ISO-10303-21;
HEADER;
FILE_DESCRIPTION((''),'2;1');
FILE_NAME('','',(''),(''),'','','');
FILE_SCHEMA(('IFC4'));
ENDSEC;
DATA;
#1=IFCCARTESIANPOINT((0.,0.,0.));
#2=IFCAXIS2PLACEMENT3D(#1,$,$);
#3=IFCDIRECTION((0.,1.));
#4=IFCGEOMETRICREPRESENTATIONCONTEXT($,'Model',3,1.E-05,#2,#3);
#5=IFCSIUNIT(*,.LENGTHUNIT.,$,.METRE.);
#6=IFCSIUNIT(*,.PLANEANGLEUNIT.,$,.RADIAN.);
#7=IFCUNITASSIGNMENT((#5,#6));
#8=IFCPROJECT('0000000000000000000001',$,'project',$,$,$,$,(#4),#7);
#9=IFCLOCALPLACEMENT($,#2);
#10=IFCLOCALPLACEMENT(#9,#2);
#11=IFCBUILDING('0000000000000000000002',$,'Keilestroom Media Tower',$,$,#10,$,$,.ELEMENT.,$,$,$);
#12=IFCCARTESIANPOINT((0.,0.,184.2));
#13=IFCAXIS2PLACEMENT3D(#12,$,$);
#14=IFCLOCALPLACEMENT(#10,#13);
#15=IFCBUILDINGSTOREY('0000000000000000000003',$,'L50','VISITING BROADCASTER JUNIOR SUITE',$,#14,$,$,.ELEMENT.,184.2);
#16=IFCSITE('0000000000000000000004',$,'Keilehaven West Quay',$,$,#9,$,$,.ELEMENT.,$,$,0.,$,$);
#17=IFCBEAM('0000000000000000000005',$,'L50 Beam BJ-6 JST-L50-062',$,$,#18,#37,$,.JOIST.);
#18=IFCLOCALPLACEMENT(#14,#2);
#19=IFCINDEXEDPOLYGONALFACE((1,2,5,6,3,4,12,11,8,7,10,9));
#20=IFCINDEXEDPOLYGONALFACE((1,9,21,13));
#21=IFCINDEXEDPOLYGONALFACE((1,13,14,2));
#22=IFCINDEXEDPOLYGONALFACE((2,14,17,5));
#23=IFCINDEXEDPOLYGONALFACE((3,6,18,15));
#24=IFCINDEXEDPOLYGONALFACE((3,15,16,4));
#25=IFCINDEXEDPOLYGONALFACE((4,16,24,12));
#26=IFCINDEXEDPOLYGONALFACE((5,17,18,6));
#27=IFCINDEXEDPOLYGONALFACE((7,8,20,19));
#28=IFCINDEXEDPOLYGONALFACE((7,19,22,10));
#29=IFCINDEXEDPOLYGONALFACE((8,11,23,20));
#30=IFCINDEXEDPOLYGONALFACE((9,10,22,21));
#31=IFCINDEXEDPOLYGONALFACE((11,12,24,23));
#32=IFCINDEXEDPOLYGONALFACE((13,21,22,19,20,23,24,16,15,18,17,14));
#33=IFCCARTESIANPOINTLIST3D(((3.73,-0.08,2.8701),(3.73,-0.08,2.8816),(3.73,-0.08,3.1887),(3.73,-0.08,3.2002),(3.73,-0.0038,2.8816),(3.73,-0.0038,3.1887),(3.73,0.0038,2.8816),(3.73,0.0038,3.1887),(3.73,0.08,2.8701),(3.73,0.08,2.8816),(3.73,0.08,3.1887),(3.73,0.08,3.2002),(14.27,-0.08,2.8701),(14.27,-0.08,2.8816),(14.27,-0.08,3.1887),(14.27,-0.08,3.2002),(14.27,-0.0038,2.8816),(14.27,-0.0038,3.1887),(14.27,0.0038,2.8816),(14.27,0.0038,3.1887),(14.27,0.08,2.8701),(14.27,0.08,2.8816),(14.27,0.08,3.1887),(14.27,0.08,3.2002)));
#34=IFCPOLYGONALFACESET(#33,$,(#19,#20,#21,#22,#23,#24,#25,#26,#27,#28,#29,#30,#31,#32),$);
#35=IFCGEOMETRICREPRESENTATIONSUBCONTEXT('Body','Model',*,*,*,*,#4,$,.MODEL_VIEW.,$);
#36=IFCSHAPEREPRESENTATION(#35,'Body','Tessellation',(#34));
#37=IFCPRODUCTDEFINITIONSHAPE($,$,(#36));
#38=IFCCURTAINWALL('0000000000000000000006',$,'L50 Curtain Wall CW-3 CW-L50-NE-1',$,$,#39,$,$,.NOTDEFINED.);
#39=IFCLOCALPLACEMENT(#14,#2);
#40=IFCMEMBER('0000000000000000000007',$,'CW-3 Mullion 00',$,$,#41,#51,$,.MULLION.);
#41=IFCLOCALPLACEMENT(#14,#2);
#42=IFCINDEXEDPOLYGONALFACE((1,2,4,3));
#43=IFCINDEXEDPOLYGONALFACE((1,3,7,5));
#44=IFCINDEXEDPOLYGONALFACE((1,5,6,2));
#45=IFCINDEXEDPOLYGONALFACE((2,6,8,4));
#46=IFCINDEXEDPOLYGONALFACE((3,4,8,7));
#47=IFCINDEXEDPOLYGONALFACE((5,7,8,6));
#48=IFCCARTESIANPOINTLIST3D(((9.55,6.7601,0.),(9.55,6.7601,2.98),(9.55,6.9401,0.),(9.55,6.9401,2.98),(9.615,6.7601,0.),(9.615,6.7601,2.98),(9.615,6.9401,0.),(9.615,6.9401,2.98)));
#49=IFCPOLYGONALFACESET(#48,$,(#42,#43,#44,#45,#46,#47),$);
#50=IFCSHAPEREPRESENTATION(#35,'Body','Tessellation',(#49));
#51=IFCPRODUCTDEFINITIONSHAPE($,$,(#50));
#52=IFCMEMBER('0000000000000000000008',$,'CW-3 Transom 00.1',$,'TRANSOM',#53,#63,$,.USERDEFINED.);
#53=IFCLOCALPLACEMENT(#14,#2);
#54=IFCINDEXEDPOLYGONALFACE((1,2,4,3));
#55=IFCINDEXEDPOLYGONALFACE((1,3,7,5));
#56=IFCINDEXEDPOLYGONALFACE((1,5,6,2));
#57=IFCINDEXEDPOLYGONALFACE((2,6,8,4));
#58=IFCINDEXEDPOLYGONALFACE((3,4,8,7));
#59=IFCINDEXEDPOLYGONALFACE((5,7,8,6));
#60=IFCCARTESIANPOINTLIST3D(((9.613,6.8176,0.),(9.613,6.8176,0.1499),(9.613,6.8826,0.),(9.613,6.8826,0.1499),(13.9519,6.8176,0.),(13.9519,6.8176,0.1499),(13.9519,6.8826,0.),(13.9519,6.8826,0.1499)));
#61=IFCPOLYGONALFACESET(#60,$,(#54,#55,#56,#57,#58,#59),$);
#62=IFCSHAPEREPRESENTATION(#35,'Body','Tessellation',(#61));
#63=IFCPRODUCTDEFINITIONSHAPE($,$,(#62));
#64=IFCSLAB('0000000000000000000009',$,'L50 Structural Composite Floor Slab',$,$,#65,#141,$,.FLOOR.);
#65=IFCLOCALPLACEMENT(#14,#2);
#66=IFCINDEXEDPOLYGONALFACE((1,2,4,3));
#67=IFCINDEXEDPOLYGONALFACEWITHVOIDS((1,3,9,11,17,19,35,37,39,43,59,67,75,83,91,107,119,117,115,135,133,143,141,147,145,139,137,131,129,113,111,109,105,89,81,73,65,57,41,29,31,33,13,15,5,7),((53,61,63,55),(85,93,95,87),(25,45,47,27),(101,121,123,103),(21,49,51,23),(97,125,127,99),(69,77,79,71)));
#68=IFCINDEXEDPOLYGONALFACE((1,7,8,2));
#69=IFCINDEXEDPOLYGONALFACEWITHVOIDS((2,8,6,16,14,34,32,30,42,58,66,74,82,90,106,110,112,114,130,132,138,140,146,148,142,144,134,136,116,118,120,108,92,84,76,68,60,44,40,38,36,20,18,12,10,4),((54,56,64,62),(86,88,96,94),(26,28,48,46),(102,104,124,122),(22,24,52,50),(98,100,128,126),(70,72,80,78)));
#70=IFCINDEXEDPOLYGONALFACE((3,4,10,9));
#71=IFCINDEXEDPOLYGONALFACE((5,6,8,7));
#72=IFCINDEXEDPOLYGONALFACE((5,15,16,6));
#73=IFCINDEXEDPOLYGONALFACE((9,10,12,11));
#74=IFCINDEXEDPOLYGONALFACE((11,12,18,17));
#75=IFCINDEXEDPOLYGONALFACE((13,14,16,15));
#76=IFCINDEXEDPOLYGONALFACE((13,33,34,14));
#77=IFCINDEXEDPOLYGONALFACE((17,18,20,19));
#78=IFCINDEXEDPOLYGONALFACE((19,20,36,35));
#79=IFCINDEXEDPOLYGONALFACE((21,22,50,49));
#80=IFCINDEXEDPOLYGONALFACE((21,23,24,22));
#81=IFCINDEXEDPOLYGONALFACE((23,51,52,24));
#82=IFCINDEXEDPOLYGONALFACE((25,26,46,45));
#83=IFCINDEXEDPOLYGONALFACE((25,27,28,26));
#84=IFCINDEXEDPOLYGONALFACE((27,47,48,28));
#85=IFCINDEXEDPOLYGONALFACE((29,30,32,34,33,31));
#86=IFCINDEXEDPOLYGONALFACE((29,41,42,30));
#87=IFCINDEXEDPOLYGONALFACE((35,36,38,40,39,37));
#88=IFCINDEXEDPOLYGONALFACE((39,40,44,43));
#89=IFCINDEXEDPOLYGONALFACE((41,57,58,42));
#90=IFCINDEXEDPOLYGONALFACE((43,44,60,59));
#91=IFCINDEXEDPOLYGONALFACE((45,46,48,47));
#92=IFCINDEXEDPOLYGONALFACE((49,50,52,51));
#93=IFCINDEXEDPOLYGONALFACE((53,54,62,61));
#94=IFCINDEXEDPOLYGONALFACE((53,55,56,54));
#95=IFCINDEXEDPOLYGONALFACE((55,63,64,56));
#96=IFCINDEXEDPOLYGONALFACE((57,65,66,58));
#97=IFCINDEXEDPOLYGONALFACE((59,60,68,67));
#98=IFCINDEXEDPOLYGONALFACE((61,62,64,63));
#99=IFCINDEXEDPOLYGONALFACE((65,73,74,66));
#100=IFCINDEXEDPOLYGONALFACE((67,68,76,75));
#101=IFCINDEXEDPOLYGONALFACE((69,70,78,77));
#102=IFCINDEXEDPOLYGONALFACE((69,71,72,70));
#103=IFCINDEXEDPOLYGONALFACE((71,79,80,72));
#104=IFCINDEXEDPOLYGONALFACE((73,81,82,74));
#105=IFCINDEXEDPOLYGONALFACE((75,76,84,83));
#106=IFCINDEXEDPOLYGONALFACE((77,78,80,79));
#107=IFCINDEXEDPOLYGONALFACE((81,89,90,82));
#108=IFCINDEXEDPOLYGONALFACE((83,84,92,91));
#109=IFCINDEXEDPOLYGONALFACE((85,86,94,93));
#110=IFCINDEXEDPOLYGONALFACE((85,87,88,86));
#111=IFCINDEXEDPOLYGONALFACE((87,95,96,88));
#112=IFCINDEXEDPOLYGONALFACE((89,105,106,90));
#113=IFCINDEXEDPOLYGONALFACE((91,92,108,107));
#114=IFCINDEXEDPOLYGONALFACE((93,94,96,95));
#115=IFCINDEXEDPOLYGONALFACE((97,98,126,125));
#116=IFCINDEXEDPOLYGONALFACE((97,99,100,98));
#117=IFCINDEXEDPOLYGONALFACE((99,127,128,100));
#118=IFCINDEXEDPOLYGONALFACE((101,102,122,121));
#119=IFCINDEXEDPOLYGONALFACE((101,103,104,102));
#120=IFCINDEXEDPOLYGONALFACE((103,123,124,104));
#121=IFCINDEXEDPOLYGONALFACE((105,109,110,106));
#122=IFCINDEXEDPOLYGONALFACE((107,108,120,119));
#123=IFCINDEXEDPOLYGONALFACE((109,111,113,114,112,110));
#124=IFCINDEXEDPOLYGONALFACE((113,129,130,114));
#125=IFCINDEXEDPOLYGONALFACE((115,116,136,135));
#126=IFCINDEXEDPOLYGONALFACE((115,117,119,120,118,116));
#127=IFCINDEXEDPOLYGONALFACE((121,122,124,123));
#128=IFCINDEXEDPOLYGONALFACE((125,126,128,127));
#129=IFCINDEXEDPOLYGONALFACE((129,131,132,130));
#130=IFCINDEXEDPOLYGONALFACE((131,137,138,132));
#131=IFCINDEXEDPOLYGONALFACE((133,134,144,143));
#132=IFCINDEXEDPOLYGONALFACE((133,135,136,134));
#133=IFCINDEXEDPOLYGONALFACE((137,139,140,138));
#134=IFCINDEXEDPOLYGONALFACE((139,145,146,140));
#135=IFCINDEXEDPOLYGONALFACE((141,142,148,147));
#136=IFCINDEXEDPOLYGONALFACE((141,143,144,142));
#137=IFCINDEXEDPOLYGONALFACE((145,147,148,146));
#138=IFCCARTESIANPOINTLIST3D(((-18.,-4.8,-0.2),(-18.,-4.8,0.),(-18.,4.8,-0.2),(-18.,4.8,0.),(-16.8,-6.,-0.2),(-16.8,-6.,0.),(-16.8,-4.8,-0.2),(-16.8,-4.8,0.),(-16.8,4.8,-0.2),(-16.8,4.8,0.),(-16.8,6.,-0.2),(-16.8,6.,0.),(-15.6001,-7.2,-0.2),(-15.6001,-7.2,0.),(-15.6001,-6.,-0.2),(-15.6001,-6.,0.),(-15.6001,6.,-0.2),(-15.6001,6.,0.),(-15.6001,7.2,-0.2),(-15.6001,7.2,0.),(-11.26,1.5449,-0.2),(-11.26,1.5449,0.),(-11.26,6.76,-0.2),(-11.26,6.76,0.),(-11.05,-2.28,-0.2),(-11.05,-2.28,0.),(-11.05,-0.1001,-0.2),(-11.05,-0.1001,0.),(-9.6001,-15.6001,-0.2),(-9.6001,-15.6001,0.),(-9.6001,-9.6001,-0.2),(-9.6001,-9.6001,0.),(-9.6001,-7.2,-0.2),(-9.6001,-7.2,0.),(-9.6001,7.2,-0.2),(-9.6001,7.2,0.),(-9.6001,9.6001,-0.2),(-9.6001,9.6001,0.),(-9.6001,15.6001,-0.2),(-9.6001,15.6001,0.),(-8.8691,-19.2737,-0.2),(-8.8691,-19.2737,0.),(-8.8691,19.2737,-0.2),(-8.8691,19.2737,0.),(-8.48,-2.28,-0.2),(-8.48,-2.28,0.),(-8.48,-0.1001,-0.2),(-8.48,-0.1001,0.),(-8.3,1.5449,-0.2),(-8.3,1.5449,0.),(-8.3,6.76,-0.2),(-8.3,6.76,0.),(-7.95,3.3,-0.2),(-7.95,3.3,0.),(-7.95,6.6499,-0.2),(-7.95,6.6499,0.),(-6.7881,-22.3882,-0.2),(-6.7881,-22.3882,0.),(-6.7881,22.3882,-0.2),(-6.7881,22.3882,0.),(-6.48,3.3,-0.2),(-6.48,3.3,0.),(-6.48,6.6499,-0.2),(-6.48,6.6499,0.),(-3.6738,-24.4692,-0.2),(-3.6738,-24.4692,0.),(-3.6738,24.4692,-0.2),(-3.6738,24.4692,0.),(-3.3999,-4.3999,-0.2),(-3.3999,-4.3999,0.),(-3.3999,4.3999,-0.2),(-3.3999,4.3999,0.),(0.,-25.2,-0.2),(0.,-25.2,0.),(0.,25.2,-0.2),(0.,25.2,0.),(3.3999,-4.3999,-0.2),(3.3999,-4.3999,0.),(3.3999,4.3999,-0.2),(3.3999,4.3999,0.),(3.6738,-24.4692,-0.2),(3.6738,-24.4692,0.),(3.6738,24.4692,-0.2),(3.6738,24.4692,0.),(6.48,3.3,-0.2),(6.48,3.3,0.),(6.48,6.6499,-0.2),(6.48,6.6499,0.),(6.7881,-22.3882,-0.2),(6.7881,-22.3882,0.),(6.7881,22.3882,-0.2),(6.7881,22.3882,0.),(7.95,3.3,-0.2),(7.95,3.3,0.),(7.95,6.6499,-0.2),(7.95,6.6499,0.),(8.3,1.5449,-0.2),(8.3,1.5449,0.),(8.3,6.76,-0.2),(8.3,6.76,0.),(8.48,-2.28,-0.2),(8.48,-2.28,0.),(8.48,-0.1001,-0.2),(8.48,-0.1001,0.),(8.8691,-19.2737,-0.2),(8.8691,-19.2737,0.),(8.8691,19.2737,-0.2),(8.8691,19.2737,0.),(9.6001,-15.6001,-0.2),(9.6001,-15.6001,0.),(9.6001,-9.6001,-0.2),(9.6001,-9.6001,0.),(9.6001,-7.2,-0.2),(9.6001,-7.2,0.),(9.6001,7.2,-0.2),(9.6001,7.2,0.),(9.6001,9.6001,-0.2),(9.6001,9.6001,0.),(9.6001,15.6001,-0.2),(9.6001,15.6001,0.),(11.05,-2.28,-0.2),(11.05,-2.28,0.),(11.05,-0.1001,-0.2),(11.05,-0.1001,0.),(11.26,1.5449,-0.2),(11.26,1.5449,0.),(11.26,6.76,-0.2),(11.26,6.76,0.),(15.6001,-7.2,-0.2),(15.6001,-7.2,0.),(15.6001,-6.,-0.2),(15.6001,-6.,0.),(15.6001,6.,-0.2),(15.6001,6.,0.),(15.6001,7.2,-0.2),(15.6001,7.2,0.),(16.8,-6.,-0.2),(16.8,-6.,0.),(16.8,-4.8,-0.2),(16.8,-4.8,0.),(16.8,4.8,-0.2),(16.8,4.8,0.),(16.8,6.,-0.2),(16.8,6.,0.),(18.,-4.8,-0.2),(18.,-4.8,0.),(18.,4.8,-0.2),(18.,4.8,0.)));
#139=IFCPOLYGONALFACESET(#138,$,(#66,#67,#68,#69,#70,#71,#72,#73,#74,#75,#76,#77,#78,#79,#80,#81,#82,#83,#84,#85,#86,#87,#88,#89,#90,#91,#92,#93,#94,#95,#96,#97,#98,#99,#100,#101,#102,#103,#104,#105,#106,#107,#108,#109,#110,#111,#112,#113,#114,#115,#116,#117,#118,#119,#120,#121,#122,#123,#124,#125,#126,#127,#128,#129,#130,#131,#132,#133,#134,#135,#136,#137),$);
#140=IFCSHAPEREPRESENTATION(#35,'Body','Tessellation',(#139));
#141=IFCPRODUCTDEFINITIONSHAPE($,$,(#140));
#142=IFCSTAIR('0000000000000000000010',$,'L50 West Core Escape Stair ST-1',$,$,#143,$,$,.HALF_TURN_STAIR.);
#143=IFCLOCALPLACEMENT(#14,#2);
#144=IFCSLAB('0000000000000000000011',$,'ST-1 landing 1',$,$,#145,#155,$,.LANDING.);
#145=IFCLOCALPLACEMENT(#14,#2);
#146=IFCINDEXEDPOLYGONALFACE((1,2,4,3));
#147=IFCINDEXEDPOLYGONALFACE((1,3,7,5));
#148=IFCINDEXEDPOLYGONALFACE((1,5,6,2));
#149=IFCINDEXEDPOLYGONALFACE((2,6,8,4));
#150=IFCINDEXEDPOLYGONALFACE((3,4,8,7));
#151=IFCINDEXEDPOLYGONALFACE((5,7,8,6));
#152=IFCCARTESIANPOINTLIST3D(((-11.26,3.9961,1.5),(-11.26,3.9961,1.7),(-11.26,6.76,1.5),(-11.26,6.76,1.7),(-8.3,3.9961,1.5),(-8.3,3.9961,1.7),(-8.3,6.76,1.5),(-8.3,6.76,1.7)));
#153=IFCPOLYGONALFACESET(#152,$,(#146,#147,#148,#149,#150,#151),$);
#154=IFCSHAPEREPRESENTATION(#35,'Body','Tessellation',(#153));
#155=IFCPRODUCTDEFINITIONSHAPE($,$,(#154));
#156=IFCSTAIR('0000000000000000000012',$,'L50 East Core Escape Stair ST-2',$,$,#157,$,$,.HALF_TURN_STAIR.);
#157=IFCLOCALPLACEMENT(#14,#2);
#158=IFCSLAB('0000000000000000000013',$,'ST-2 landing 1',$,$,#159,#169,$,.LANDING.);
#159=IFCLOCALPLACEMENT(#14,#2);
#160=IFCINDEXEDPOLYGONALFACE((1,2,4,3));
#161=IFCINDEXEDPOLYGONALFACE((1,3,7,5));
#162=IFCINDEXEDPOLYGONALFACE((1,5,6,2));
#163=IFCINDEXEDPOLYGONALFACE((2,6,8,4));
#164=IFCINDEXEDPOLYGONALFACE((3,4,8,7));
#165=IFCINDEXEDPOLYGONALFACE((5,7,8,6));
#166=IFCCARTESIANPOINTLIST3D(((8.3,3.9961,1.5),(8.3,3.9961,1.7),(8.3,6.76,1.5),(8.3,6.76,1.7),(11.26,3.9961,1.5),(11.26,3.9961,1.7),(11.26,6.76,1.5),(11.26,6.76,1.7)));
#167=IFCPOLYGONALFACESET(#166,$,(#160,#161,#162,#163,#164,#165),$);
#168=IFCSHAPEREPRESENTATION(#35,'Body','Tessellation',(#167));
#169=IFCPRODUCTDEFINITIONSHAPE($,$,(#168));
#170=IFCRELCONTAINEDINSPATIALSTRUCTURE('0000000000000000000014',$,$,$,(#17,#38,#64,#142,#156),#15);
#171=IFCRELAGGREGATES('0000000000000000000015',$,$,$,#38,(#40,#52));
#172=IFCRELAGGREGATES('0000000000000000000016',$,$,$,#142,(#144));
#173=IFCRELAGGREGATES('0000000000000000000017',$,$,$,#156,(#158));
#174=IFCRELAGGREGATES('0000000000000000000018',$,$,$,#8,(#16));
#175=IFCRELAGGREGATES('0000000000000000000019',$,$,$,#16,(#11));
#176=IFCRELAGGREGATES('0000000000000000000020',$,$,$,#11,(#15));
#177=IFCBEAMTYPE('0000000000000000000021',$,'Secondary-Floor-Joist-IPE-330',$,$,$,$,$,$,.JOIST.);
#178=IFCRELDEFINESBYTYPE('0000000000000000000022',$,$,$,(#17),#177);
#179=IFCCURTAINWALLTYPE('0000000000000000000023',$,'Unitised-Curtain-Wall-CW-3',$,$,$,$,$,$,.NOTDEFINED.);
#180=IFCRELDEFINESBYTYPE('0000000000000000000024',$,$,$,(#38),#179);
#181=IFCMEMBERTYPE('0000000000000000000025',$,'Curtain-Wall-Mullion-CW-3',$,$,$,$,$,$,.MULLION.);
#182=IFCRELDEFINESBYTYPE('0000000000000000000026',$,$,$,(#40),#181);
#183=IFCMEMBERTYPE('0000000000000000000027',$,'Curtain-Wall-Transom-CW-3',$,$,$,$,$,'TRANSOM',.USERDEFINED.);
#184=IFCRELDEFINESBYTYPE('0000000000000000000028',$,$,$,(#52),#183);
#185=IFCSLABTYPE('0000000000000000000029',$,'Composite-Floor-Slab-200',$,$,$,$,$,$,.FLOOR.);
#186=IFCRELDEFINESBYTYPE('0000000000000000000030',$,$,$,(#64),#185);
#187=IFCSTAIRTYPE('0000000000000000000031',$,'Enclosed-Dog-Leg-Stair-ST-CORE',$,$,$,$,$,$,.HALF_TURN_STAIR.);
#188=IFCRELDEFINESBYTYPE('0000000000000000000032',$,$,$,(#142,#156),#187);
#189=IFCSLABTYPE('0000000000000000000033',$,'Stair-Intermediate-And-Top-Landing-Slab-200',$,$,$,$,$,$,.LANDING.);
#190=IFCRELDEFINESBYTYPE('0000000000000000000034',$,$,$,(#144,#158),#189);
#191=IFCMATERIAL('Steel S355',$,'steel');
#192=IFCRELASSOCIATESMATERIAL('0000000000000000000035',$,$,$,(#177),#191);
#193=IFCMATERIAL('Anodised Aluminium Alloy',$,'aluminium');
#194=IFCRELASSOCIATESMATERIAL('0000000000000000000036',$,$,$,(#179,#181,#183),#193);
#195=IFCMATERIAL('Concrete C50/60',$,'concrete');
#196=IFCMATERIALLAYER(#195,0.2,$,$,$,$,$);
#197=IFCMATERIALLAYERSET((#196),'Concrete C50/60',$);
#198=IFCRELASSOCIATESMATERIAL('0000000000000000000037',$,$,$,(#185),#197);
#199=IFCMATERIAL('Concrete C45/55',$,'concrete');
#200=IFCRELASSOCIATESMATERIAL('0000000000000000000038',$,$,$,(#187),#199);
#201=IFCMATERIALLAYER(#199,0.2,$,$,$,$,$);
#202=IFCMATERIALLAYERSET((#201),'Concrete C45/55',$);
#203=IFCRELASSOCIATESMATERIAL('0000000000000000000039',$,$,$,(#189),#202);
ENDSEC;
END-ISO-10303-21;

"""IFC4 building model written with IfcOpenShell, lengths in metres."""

from ifc_helpers import new_model, si_unit, direction, frame, origin, origin_2d, place, context, subcontext, project, spatial, polyline, rectangle, i_section, outline, extrude, source, transform, mapped, material, layer, layer_set, material_profile, profile_set, type_object, element, aggregate, save


model = new_model("IFC4")

# Units and contexts
model_context = context("Model", 3, precision=1e-05, world=origin(), true_north=direction((0.0, 1.0)))
body_context = subcontext(model_context, "Body", "Model", "MODEL_VIEW")
ifc_project = project(units=[si_unit("LENGTHUNIT", "METRE"), si_unit("PLANEANGLEUNIT", "RADIAN")], contexts=[model_context])

# Site, building, storey
site_placement = place(None, origin())
site = spatial("IfcSite", under=ifc_project, at=site_placement, Name="Keilehaven West Quay", CompositionType="ELEMENT", RefElevation=0.0)
building_placement = place(site_placement, origin())
building = spatial("IfcBuilding", under=site, at=building_placement, Name="Keilestroom Media Tower", CompositionType="ELEMENT")
storey_placement = place(building_placement, frame((0.0, 0.0, 184.2)))
storey = spatial("IfcBuildingStorey", under=building, at=storey_placement, Name="L50", Description="VISITING BROADCASTER JUNIOR SUITE", CompositionType="ELEMENT", Elevation=184.2)

# Beam
ifc_material_1 = material(Name="Steel S355", Category="steel")
ifc_material_profile_1 = material_profile(ifc_material_1, i_section(OverallWidth=0.1599, OverallDepth=0.3301, WebThickness=0.0076, FlangeThickness=0.0115, at=origin_2d()), Name="IPE 330")
ifc_profile_set_1 = profile_set([ifc_material_profile_1], Name="Steel S355")
beam_type = type_object("IfcBeamType", Name="Secondary-Floor-Joist-IPE-330", PredefinedType="JOIST", material=ifc_profile_set_1)
shared_shape_1 = source(origin(), body_context, "Body", "SweptSolid", [
    extrude(i_section(OverallWidth=0.1599, OverallDepth=0.3301, WebThickness=0.0076, FlangeThickness=0.0115, at=origin_2d()), origin(), (0.0, 0.0, 1.0), 10.54),
])
beam_placement = place(storey_placement, frame((3.73, 0.0, 3.0352), z_axis=(1.0, 0.0, 0.0), x_axis=(0.0, 1.0, 0.0)))
element("IfcBeam", 1, at=beam_placement, inside=storey, type_object=beam_type, Name="L50 Beam BJ-6 JST-L50-062", PredefinedType="JOIST", context=body_context, shape_type="MappedRepresentation", body=[
    mapped(shared_shape_1, transform((0.0, 0.0, 0.0), x_axis=(1.0, 0.0, 0.0), y_axis=(0.0, 1.0, 0.0), z_axis=(0.0, 0.0, 1.0), scale=1.0)),
])

# Curtain wall, members
ifc_material_2 = material(Name="Anodised Aluminium Alloy", Category="aluminium")
curtain_wall_type = type_object("IfcCurtainWallType", Name="Unitised-Curtain-Wall-CW-3", PredefinedType="NOTDEFINED", material=ifc_material_2)
curtain_wall_placement = place(storey_placement, origin())
curtain_wall = element("IfcCurtainWall", 2, at=curtain_wall_placement, inside=storey, type_object=curtain_wall_type, Name="L50 Curtain Wall CW-3 CW-L50-NE-1", PredefinedType="NOTDEFINED")
ifc_material_profile_2 = material_profile(ifc_material_2, rectangle(XDim=0.0649, YDim=0.1799, at=origin_2d()), Name="ALU MULLION 65x180")
ifc_profile_set_2 = profile_set([ifc_material_profile_2], Name="Anodised Aluminium Alloy")
member_type_1 = type_object("IfcMemberType", Name="Curtain-Wall-Mullion-CW-3", PredefinedType="MULLION", material=ifc_profile_set_2)
shared_shape_2 = source(origin(), body_context, "Body", "SweptSolid", [
    extrude(rectangle(XDim=0.0649, YDim=0.1799, at=origin_2d()), origin(), (0.0, 0.0, 1.0), 2.98),
])
member_1_placement = place(storey_placement, frame((9.5825, 6.8501, 0.0), z_axis=(0.0, 0.0, 1.0), x_axis=(1.0, 0.0, 0.0)))
member_1 = element("IfcMember", 3, at=member_1_placement, type_object=member_type_1, Name="CW-3 Mullion 00", PredefinedType="MULLION", context=body_context, shape_type="MappedRepresentation", body=[
    mapped(shared_shape_2, transform((0.0, 0.0, 0.0), x_axis=(1.0, 0.0, 0.0), y_axis=(0.0, 1.0, 0.0), z_axis=(0.0, 0.0, 1.0), scale=1.0)),
])
ifc_material_profile_3 = material_profile(ifc_material_2, rectangle(XDim=0.0649, YDim=0.1499, at=origin_2d()), Name="ALU TRANSOM 65x150")
ifc_profile_set_3 = profile_set([ifc_material_profile_3], Name="Anodised Aluminium Alloy")
member_type_2 = type_object("IfcMemberType", Name="Curtain-Wall-Transom-CW-3", ElementType="TRANSOM", PredefinedType="USERDEFINED", material=ifc_profile_set_3)
shared_shape_3 = source(origin(), body_context, "Body", "SweptSolid", [
    extrude(rectangle(XDim=0.0649, YDim=0.1499, at=origin_2d()), origin(), (0.0, 0.0, 1.0), 4.3389),
])
member_2_placement = place(storey_placement, frame((9.613, 6.8501, 0.075), z_axis=(1.0, 0.0, 0.0), x_axis=(0.0, 1.0, 0.0)))
member_2 = element("IfcMember", 4, at=member_2_placement, type_object=member_type_2, Name="CW-3 Transom 00.1", ObjectType="TRANSOM", PredefinedType="USERDEFINED", context=body_context, shape_type="MappedRepresentation", body=[
    mapped(shared_shape_3, transform((0.0, 0.0, 0.0), x_axis=(1.0, 0.0, 0.0), y_axis=(0.0, 1.0, 0.0), z_axis=(0.0, 0.0, 1.0), scale=1.0)),
])
aggregate(curtain_wall, [member_1, member_2])

# Slab
ifc_material_3 = material(Name="Concrete C50/60", Category="concrete")
ifc_layer_1 = layer(ifc_material_3, 0.2)
ifc_layer_set_1 = layer_set([ifc_layer_1], Name="Concrete C50/60")
slab_type_1 = type_object("IfcSlabType", Name="Composite-Floor-Slab-200", PredefinedType="FLOOR", material=ifc_layer_set_1)
slab_1_placement = place(storey_placement, frame((0.0, 0.0, -0.2)))
element("IfcSlab", 5, at=slab_1_placement, inside=storey, type_object=slab_type_1, Name="L50 Structural Composite Floor Slab", PredefinedType="FLOOR", context=body_context, shape_type="SweptSolid", body=[
    extrude(outline(polyline([(18.0, -4.8), (18.0, 4.8), (16.8, 4.8), (16.8, 6.0), (15.6001, 6.0), (15.6001, 7.2), (9.6001, 7.2), (9.6001, 9.6001), (9.6001, 15.6001), (8.8691, 19.2737), (6.7881, 22.3882), (3.6738, 24.4692), (0.0, 25.2), (-3.6738, 24.4692), (-6.7881, 22.3882), (-8.8691, 19.2737), (-9.6001, 15.6001), (-9.6001, 9.6001), (-9.6001, 7.2), (-15.6001, 7.2), (-15.6001, 6.0), (-16.8, 6.0), (-16.8, 4.8), (-18.0, 4.8), (-18.0, -4.8), (-16.8, -4.8), (-16.8, -6.0), (-15.6001, -6.0), (-15.6001, -7.2), (-9.6001, -7.2), (-9.6001, -9.6001), (-9.6001, -15.6001), (-8.8691, -19.2737), (-6.7881, -22.3882), (-3.6738, -24.4692), (0.0, -25.2), (3.6738, -24.4692), (6.7881, -22.3882), (8.8691, -19.2737), (9.6001, -15.6001), (9.6001, -9.6001), (9.6001, -7.2), (15.6001, -7.2), (15.6001, -6.0), (16.8, -6.0), (16.8, -4.8), (18.0, -4.8)]), holes=[polyline([(-8.3, 1.5449), (-11.26, 1.5449), (-11.26, 6.76), (-8.3, 6.76), (-8.3, 1.5449)]), polyline([(-8.48, -2.28), (-11.05, -2.28), (-11.05, -0.1001), (-8.48, -0.1001), (-8.48, -2.28)]), polyline([(-6.48, 3.3), (-7.95, 3.3), (-7.95, 6.6499), (-6.48, 6.6499), (-6.48, 3.3)]), polyline([(3.3999, -4.3999), (-3.3999, -4.3999), (-3.3999, 4.3999), (3.3999, 4.3999), (3.3999, -4.3999)]), polyline([(7.95, 3.3), (6.48, 3.3), (6.48, 6.6499), (7.95, 6.6499), (7.95, 3.3)]), polyline([(11.26, 1.5449), (8.3, 1.5449), (8.3, 6.76), (11.26, 6.76), (11.26, 1.5449)]), polyline([(11.05, -2.28), (8.48, -2.28), (8.48, -0.1001), (11.05, -0.1001), (11.05, -2.28)])]), origin(), (0.0, 0.0, 1.0), 0.2),
])

# Stairs, slabs
ifc_material_4 = material(Name="Concrete C45/55", Category="concrete")
stair_type = type_object("IfcStairType", Name="Enclosed-Dog-Leg-Stair-ST-CORE", PredefinedType="HALF_TURN_STAIR", material=ifc_material_4)
stair_1_placement = place(storey_placement, origin())
stair_1 = element("IfcStair", 6, at=stair_1_placement, inside=storey, type_object=stair_type, Name="L50 West Core Escape Stair ST-1", PredefinedType="HALF_TURN_STAIR")
ifc_layer_2 = layer(ifc_material_4, 0.2)
ifc_layer_set_2 = layer_set([ifc_layer_2], Name="Concrete C45/55")
slab_type_2 = type_object("IfcSlabType", Name="Stair-Intermediate-And-Top-Landing-Slab-200", PredefinedType="LANDING", material=ifc_layer_set_2)
slab_2_placement = place(storey_placement, frame((0.0, 0.0, 1.5)))
slab_2 = element("IfcSlab", 7, at=slab_2_placement, type_object=slab_type_2, Name="ST-1 landing 1", PredefinedType="LANDING", context=body_context, shape_type="SweptSolid", body=[
    extrude(outline(polyline([(-8.3, 3.9961), (-8.3, 6.76), (-11.26, 6.76), (-11.26, 3.9961), (-8.3, 3.9961)])), origin(), (0.0, 0.0, 1.0), 0.2),
])
aggregate(stair_1, [slab_2])
stair_2_placement = place(storey_placement, origin())
stair_2 = element("IfcStair", 8, at=stair_2_placement, inside=storey, type_object=stair_type, Name="L50 East Core Escape Stair ST-2", PredefinedType="HALF_TURN_STAIR")
slab_3_placement = place(storey_placement, frame((0.0, 0.0, 1.5)))
slab_3 = element("IfcSlab", 9, at=slab_3_placement, type_object=slab_type_2, Name="ST-2 landing 1", PredefinedType="LANDING", context=body_context, shape_type="SweptSolid", body=[
    extrude(outline(polyline([(11.26, 3.9961), (11.26, 6.76), (8.3, 6.76), (8.3, 3.9961), (11.26, 3.9961)])), origin(), (0.0, 0.0, 1.0), 0.2),
])

aggregate(stair_2, [slab_3])

save(model, "model.ifc")
